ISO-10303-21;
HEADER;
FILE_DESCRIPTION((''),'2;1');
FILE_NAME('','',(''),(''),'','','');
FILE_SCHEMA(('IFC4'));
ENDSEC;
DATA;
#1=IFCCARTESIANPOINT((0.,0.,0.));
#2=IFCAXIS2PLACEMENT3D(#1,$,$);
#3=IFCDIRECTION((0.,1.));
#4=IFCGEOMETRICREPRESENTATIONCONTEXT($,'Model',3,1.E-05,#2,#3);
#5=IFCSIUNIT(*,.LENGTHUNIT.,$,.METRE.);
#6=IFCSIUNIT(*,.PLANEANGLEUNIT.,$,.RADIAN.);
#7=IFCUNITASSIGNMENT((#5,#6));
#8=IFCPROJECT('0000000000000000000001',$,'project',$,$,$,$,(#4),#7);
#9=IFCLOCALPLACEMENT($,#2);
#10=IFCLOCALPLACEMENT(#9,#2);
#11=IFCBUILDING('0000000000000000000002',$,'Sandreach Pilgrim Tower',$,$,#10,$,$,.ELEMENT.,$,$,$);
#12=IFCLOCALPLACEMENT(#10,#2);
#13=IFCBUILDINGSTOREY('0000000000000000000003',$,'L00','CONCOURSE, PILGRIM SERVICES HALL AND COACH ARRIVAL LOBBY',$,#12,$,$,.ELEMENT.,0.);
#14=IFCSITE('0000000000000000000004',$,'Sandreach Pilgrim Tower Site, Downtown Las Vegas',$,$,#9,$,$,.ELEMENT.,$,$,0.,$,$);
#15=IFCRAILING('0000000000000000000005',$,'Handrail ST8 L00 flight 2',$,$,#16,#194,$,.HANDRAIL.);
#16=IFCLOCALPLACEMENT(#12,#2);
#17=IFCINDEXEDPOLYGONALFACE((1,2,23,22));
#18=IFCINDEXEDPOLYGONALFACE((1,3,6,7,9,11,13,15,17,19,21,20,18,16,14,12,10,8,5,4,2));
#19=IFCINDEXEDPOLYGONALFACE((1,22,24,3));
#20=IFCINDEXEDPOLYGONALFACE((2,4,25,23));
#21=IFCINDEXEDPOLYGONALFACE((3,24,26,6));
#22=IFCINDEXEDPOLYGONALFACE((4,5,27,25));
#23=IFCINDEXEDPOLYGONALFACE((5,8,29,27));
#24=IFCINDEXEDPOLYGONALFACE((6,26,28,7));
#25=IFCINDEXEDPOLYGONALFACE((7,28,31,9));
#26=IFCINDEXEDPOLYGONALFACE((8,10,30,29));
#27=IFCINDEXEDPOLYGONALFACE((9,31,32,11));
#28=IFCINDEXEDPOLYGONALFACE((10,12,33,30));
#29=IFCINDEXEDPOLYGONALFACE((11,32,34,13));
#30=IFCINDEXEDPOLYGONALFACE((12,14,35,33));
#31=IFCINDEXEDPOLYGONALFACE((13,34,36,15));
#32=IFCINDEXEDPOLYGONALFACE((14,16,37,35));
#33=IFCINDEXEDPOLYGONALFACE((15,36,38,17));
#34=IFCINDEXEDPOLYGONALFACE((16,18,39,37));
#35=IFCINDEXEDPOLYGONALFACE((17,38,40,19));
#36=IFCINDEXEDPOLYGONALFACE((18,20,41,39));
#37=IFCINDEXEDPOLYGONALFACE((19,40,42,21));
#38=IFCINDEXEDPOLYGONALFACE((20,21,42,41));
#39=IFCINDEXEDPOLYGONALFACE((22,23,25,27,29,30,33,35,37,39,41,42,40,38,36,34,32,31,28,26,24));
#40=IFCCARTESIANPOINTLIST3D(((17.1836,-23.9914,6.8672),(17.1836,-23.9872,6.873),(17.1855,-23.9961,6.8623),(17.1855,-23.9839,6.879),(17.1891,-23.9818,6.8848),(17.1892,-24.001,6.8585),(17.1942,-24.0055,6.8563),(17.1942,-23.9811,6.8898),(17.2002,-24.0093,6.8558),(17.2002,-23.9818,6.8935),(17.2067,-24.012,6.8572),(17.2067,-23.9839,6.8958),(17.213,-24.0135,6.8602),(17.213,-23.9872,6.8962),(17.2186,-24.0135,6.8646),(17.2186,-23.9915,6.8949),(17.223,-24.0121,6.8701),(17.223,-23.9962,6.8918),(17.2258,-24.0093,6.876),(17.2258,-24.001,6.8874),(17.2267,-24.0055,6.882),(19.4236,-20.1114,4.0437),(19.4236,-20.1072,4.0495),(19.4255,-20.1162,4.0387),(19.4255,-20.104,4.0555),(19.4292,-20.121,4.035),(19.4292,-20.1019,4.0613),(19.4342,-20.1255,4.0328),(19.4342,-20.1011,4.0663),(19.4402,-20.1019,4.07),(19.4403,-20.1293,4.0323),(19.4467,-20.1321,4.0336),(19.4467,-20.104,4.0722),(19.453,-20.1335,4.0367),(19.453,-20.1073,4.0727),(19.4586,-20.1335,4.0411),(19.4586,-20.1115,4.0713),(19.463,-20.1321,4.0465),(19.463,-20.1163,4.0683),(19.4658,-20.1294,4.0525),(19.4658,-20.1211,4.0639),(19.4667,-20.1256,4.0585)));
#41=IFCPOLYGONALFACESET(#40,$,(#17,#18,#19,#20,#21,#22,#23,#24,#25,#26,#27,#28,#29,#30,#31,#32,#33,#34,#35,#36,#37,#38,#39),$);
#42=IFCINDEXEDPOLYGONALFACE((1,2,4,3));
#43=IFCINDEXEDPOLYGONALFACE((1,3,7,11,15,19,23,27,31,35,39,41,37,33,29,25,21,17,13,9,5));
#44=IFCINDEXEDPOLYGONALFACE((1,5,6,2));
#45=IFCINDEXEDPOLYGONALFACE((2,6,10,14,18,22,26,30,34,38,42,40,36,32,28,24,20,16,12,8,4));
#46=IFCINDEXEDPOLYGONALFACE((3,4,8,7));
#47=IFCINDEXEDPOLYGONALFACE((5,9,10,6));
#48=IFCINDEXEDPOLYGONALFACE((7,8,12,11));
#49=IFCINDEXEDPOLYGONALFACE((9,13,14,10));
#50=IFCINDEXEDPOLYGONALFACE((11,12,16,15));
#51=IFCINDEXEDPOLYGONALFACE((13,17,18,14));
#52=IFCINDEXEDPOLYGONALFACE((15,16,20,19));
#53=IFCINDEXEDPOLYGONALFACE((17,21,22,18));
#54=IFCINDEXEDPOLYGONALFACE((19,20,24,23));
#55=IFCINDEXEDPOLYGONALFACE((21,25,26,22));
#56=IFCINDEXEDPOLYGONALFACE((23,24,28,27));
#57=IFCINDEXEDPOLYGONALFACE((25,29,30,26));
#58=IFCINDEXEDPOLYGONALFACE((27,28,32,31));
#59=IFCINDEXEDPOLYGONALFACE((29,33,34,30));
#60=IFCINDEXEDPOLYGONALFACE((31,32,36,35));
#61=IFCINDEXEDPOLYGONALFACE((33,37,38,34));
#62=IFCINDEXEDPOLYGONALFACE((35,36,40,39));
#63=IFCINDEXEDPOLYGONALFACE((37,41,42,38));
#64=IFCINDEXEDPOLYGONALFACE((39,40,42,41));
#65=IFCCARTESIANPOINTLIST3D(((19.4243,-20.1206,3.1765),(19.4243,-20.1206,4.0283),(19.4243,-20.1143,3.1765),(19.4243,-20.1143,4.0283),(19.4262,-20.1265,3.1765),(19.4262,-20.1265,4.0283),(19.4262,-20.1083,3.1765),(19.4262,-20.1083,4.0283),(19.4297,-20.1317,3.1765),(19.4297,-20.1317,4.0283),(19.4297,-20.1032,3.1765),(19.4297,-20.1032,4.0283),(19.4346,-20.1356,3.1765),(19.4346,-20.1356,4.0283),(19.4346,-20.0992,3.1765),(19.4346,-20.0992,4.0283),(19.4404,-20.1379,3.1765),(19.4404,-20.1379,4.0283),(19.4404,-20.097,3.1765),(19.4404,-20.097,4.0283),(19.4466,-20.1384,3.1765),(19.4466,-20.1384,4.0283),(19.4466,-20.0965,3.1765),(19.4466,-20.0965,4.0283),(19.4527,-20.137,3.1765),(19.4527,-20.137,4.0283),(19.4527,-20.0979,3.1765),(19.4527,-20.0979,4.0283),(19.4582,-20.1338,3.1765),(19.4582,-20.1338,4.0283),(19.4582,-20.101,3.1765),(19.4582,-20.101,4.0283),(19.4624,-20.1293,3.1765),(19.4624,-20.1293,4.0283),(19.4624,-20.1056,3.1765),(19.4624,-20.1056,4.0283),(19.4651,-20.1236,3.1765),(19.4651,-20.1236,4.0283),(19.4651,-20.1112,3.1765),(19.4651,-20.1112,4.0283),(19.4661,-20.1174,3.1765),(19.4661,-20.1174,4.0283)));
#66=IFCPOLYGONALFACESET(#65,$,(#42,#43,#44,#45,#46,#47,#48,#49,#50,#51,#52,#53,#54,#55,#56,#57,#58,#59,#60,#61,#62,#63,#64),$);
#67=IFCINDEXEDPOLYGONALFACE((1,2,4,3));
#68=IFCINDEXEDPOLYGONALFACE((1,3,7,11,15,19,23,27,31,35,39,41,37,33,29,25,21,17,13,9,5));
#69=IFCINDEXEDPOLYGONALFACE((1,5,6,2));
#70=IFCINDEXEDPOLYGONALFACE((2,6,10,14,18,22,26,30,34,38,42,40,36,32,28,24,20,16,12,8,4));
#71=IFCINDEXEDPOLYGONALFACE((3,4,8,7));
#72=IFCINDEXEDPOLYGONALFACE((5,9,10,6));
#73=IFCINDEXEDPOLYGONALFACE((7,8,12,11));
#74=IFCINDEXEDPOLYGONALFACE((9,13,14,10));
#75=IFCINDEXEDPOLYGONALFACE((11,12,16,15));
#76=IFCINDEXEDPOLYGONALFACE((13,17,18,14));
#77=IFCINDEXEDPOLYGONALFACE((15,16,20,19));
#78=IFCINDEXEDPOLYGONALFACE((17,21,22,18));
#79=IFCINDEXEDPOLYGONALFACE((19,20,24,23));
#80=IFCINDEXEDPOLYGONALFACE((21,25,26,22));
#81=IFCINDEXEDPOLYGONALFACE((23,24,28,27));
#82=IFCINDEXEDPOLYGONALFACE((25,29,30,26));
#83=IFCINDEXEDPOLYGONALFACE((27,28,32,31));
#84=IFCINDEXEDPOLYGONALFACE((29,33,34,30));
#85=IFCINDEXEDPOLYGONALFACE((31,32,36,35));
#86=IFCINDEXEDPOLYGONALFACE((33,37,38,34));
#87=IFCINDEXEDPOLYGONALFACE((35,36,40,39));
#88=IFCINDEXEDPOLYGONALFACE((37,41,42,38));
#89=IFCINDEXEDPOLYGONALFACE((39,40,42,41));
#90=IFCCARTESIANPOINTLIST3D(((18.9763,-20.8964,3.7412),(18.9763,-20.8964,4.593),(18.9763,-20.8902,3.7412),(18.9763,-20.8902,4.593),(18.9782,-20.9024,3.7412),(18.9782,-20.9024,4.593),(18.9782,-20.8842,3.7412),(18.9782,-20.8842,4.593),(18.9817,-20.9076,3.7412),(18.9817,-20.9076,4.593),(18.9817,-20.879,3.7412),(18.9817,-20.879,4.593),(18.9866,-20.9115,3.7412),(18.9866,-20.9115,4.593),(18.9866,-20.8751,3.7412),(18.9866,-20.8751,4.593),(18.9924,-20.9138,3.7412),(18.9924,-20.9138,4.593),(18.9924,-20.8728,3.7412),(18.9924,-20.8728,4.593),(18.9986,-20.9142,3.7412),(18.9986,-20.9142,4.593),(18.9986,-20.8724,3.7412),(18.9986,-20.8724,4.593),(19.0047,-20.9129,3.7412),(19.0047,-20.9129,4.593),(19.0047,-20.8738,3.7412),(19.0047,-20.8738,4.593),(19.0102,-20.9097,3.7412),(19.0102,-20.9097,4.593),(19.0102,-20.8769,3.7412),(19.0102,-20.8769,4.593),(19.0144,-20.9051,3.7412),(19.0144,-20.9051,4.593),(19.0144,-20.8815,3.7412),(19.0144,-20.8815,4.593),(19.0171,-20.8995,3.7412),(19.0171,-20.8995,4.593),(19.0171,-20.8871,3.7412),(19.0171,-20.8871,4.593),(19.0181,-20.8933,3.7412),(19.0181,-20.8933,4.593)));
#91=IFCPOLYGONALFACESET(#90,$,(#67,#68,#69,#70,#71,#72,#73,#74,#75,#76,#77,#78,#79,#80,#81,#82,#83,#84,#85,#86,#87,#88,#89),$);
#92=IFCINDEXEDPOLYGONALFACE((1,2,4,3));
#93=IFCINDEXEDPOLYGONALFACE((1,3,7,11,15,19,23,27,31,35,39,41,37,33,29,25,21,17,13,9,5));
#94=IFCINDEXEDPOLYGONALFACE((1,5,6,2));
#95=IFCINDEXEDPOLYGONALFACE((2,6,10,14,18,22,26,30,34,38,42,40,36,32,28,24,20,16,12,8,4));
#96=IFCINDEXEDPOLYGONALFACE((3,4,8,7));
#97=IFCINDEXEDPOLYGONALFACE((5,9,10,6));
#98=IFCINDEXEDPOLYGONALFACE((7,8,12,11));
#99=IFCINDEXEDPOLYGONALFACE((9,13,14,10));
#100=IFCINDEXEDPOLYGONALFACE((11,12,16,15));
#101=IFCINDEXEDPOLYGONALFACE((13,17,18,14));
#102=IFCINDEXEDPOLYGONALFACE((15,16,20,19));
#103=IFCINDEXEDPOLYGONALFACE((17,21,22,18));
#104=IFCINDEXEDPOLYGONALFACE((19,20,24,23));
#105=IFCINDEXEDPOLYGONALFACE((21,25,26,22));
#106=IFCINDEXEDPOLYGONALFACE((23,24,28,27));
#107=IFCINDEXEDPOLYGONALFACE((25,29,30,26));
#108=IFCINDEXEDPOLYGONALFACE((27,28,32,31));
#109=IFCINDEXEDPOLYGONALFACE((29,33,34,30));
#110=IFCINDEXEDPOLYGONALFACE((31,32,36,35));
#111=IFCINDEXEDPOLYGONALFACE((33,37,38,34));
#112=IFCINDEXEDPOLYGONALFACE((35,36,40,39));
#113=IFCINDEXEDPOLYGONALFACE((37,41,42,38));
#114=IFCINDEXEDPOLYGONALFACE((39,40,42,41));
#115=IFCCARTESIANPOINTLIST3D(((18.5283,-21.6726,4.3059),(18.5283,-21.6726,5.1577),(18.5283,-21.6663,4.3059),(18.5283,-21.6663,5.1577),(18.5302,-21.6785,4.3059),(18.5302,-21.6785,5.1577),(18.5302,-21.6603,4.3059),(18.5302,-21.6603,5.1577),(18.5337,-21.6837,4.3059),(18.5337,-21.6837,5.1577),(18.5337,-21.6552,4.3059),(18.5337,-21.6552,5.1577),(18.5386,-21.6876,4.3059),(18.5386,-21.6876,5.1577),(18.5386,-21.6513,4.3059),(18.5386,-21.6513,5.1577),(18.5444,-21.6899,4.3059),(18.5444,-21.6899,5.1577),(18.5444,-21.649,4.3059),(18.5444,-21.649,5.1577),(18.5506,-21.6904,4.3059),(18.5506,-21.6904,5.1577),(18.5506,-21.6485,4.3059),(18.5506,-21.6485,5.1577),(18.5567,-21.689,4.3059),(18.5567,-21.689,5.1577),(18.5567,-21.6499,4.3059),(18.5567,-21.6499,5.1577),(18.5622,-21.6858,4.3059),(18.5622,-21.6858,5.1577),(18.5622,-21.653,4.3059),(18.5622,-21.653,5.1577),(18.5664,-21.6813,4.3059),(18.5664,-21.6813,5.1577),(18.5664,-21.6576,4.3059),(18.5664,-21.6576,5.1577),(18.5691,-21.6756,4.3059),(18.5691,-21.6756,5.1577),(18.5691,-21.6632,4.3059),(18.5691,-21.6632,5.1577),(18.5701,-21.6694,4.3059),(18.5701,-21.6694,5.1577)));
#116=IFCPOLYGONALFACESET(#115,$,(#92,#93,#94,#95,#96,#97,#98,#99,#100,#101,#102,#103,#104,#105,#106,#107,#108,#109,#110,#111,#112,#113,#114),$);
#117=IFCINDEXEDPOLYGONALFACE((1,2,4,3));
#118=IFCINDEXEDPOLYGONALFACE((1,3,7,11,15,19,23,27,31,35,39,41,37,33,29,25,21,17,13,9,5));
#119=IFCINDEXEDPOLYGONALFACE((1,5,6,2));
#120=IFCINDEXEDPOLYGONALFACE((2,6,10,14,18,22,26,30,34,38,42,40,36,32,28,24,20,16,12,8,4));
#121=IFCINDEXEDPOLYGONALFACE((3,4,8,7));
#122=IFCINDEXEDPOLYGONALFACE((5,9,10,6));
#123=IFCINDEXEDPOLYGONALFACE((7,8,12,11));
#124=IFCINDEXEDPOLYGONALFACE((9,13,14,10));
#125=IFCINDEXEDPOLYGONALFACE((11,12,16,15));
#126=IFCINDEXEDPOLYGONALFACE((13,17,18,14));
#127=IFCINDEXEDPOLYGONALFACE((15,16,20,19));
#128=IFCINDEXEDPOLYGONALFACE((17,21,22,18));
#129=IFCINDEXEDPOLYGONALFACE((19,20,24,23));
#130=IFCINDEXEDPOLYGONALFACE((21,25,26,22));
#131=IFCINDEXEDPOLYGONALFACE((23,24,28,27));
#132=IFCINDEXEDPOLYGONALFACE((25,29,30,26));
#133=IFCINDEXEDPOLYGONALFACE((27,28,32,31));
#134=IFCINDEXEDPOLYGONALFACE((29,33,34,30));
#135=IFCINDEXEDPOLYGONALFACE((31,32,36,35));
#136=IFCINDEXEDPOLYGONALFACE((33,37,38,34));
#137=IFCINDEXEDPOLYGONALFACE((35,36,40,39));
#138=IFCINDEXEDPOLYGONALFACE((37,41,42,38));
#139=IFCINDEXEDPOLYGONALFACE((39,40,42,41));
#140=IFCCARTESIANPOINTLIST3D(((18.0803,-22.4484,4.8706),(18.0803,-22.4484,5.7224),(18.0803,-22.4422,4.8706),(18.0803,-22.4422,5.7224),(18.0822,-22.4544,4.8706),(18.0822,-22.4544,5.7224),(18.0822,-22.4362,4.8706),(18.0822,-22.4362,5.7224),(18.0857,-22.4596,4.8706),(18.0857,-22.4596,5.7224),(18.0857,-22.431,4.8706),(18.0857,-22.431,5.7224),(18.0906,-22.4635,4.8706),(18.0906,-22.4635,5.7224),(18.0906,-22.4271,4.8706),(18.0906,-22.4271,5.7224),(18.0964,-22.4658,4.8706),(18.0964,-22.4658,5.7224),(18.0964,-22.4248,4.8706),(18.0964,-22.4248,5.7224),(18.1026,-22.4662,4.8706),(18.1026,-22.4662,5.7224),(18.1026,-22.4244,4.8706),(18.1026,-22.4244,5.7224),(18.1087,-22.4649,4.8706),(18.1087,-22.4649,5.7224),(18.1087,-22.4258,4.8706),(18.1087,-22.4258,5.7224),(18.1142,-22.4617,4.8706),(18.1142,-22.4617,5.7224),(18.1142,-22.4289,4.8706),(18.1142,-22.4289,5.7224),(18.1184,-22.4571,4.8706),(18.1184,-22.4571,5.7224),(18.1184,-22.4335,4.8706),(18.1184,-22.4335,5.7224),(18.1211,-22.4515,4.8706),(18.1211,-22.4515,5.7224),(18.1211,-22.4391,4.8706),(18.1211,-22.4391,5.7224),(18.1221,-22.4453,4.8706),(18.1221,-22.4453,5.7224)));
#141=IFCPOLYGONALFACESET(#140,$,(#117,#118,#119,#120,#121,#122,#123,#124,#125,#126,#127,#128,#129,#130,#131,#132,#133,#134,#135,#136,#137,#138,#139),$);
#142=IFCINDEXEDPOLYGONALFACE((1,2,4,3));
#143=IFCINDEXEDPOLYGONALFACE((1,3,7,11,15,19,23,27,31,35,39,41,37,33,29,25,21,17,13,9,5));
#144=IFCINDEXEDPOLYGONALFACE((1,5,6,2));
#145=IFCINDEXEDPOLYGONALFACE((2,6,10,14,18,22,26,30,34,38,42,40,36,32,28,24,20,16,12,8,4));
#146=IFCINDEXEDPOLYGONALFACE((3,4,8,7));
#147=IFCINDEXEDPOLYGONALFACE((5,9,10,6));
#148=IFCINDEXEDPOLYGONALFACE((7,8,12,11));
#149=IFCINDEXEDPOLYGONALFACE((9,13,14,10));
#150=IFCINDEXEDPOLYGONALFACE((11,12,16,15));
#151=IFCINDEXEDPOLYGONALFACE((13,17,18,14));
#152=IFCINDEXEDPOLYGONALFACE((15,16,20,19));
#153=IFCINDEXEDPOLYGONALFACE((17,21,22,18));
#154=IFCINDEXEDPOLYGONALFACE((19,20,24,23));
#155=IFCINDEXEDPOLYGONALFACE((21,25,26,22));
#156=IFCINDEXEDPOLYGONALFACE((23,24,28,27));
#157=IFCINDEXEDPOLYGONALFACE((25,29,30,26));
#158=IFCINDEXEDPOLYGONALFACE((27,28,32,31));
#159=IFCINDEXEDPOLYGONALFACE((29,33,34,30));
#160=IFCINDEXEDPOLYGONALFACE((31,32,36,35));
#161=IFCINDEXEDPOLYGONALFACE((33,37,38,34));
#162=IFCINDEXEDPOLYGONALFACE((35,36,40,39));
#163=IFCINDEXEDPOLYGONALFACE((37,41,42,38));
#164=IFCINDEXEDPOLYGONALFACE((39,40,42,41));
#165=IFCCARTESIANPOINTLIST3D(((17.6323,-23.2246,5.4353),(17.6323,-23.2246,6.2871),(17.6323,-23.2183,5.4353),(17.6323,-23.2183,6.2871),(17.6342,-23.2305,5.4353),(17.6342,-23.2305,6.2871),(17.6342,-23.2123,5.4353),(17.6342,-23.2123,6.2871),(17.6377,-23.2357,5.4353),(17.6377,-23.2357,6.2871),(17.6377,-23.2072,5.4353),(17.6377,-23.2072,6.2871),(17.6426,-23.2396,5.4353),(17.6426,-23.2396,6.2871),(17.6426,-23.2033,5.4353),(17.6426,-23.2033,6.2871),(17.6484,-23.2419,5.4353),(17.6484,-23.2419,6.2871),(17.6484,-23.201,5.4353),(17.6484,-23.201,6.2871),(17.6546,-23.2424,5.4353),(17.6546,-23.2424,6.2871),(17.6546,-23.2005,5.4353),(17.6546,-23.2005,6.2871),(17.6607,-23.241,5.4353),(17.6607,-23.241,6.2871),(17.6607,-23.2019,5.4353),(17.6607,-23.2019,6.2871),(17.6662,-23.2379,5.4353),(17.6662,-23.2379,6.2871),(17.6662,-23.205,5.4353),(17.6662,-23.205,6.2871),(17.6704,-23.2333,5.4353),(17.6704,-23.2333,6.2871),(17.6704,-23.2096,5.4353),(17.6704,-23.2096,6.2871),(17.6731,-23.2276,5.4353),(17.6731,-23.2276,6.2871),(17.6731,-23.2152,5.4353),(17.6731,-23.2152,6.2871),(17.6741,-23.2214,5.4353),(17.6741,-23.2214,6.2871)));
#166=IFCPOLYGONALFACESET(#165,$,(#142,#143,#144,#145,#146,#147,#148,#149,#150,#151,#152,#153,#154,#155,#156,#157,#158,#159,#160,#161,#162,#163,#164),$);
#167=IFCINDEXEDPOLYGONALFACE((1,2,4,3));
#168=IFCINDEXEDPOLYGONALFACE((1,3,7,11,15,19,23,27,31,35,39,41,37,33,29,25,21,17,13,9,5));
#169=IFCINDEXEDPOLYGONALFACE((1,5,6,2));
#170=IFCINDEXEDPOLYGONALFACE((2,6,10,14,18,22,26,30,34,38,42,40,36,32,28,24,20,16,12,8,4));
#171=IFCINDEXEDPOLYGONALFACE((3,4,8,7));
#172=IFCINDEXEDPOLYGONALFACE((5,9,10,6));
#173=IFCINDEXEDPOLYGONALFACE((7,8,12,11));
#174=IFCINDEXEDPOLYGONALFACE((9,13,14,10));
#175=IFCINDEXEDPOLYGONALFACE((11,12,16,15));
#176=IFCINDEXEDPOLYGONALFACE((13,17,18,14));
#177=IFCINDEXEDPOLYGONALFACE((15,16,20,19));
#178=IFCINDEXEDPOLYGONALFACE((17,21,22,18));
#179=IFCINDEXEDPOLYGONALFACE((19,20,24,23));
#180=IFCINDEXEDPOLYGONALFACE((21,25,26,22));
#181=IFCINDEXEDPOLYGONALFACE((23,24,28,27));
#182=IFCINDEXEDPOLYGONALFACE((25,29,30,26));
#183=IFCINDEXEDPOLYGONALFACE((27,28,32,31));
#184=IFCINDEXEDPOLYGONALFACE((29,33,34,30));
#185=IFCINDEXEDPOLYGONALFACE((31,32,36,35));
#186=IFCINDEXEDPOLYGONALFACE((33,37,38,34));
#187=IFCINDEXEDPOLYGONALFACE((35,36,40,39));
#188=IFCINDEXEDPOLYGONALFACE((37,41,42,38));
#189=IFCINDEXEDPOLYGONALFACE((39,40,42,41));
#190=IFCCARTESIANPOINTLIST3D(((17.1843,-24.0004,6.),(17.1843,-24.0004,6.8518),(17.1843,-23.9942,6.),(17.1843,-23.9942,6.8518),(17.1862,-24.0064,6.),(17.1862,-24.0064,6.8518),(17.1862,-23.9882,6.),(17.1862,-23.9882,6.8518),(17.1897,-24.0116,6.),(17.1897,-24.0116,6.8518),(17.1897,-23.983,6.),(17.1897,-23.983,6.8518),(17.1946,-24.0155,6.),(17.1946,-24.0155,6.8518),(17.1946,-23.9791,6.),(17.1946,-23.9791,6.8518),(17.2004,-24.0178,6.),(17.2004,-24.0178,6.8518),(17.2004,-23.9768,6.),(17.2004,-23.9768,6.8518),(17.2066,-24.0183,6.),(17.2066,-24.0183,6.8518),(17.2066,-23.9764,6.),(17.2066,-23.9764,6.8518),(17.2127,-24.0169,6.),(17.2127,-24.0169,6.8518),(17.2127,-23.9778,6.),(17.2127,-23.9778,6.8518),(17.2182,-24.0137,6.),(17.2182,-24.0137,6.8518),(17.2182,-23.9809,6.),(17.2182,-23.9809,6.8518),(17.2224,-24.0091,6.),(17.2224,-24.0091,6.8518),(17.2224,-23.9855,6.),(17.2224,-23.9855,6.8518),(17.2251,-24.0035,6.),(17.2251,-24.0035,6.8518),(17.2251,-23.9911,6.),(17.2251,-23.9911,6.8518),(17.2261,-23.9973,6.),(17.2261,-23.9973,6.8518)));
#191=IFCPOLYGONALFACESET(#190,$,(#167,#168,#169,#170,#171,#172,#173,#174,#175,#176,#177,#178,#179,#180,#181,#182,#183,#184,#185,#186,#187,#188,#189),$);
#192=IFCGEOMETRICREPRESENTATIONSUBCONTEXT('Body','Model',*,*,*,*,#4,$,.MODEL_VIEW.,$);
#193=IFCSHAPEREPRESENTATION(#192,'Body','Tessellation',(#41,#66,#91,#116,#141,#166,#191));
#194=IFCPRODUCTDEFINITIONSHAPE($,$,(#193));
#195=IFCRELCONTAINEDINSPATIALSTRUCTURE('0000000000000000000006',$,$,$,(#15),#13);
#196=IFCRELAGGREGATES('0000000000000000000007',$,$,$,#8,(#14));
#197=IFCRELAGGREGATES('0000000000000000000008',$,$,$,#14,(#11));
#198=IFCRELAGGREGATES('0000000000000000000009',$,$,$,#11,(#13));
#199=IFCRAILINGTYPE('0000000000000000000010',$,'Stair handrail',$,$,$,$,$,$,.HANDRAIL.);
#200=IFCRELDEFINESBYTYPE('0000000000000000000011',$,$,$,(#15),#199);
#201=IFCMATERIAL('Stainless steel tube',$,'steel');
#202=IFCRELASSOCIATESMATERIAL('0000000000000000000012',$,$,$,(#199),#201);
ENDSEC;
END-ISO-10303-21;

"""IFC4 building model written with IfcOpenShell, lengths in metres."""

from ifc_helpers import new_model, si_unit, direction, frame, origin, origin_2d, place, context, subcontext, project, spatial, circle, extrude, material, type_object, element, save


model = new_model("IFC4")

# Units and contexts
model_context = context("Model", 3, precision=1e-05, world=origin(), true_north=direction((0.0, 1.0)))
body_context = subcontext(model_context, "Body", "Model", "MODEL_VIEW")
ifc_project = project(units=[si_unit("LENGTHUNIT", "METRE"), si_unit("PLANEANGLEUNIT", "RADIAN")], contexts=[model_context])

# Site, building, storey
site_placement = place(None, origin())
site = spatial("IfcSite", under=ifc_project, at=site_placement, Name="Sandreach Pilgrim Tower Site, Downtown Las Vegas", CompositionType="ELEMENT", RefElevation=0.0)
building_placement = place(site_placement, origin())
building = spatial("IfcBuilding", under=site, at=building_placement, Name="Sandreach Pilgrim Tower", CompositionType="ELEMENT")
storey_placement = place(building_placement, origin())
storey = spatial("IfcBuildingStorey", under=building, at=storey_placement, Name="L00", Description="CONCOURSE, PILGRIM SERVICES HALL AND COACH ARRIVAL LOBBY", CompositionType="ELEMENT", Elevation=0.0)

# Railing
ifc_material_1 = material(Name="Stainless steel tube", Category="steel")
railing_type = type_object("IfcRailingType", Name="Stair handrail", PredefinedType="HANDRAIL", material=ifc_material_1)
for number, where, name in (
    (1, (19.4451, -20.1174, 3.1765), "Handrail ST8 L00 flight 2"),
):
    element("IfcRailing", number, at=place(storey_placement, frame(where)), inside=storey, type_object=railing_type, Name=name, PredefinedType="HANDRAIL", context=body_context, shape_type="SweptSolid", body=[
        extrude(circle(Radius=0.0239, at=origin_2d()), frame((0.0, 0.0, 0.876), z_axis=(-0.422993, -0.732665, 0.533178), x_axis=(0.866031, -0.49999, 0.0)), (0.0, 0.0, 1.0), 5.2957),
        extrude(circle(Radius=0.021, at=origin_2d()), origin(), (0.0, 0.0, 1.0), 0.8518),
        extrude(circle(Radius=0.021, at=origin_2d()), frame((-0.448, -0.7759, 0.5647)), (0.0, 0.0, 1.0), 0.8518),
        extrude(circle(Radius=0.021, at=origin_2d()), frame((-0.896, -1.552, 1.1294)), (0.0, 0.0, 1.0), 0.8518),
        extrude(circle(Radius=0.021, at=origin_2d()), frame((-1.344, -2.3279, 1.6941)), (0.0, 0.0, 1.0), 0.8518),
        extrude(circle(Radius=0.021, at=origin_2d()), frame((-1.792, -3.104, 2.2588)), (0.0, 0.0, 1.0), 0.8518),
        extrude(circle(Radius=0.021, at=origin_2d()), frame((-2.24, -3.8799, 2.8235)), (0.0, 0.0, 1.0), 0.8518),
    ])

save(model, "model.ifc")
